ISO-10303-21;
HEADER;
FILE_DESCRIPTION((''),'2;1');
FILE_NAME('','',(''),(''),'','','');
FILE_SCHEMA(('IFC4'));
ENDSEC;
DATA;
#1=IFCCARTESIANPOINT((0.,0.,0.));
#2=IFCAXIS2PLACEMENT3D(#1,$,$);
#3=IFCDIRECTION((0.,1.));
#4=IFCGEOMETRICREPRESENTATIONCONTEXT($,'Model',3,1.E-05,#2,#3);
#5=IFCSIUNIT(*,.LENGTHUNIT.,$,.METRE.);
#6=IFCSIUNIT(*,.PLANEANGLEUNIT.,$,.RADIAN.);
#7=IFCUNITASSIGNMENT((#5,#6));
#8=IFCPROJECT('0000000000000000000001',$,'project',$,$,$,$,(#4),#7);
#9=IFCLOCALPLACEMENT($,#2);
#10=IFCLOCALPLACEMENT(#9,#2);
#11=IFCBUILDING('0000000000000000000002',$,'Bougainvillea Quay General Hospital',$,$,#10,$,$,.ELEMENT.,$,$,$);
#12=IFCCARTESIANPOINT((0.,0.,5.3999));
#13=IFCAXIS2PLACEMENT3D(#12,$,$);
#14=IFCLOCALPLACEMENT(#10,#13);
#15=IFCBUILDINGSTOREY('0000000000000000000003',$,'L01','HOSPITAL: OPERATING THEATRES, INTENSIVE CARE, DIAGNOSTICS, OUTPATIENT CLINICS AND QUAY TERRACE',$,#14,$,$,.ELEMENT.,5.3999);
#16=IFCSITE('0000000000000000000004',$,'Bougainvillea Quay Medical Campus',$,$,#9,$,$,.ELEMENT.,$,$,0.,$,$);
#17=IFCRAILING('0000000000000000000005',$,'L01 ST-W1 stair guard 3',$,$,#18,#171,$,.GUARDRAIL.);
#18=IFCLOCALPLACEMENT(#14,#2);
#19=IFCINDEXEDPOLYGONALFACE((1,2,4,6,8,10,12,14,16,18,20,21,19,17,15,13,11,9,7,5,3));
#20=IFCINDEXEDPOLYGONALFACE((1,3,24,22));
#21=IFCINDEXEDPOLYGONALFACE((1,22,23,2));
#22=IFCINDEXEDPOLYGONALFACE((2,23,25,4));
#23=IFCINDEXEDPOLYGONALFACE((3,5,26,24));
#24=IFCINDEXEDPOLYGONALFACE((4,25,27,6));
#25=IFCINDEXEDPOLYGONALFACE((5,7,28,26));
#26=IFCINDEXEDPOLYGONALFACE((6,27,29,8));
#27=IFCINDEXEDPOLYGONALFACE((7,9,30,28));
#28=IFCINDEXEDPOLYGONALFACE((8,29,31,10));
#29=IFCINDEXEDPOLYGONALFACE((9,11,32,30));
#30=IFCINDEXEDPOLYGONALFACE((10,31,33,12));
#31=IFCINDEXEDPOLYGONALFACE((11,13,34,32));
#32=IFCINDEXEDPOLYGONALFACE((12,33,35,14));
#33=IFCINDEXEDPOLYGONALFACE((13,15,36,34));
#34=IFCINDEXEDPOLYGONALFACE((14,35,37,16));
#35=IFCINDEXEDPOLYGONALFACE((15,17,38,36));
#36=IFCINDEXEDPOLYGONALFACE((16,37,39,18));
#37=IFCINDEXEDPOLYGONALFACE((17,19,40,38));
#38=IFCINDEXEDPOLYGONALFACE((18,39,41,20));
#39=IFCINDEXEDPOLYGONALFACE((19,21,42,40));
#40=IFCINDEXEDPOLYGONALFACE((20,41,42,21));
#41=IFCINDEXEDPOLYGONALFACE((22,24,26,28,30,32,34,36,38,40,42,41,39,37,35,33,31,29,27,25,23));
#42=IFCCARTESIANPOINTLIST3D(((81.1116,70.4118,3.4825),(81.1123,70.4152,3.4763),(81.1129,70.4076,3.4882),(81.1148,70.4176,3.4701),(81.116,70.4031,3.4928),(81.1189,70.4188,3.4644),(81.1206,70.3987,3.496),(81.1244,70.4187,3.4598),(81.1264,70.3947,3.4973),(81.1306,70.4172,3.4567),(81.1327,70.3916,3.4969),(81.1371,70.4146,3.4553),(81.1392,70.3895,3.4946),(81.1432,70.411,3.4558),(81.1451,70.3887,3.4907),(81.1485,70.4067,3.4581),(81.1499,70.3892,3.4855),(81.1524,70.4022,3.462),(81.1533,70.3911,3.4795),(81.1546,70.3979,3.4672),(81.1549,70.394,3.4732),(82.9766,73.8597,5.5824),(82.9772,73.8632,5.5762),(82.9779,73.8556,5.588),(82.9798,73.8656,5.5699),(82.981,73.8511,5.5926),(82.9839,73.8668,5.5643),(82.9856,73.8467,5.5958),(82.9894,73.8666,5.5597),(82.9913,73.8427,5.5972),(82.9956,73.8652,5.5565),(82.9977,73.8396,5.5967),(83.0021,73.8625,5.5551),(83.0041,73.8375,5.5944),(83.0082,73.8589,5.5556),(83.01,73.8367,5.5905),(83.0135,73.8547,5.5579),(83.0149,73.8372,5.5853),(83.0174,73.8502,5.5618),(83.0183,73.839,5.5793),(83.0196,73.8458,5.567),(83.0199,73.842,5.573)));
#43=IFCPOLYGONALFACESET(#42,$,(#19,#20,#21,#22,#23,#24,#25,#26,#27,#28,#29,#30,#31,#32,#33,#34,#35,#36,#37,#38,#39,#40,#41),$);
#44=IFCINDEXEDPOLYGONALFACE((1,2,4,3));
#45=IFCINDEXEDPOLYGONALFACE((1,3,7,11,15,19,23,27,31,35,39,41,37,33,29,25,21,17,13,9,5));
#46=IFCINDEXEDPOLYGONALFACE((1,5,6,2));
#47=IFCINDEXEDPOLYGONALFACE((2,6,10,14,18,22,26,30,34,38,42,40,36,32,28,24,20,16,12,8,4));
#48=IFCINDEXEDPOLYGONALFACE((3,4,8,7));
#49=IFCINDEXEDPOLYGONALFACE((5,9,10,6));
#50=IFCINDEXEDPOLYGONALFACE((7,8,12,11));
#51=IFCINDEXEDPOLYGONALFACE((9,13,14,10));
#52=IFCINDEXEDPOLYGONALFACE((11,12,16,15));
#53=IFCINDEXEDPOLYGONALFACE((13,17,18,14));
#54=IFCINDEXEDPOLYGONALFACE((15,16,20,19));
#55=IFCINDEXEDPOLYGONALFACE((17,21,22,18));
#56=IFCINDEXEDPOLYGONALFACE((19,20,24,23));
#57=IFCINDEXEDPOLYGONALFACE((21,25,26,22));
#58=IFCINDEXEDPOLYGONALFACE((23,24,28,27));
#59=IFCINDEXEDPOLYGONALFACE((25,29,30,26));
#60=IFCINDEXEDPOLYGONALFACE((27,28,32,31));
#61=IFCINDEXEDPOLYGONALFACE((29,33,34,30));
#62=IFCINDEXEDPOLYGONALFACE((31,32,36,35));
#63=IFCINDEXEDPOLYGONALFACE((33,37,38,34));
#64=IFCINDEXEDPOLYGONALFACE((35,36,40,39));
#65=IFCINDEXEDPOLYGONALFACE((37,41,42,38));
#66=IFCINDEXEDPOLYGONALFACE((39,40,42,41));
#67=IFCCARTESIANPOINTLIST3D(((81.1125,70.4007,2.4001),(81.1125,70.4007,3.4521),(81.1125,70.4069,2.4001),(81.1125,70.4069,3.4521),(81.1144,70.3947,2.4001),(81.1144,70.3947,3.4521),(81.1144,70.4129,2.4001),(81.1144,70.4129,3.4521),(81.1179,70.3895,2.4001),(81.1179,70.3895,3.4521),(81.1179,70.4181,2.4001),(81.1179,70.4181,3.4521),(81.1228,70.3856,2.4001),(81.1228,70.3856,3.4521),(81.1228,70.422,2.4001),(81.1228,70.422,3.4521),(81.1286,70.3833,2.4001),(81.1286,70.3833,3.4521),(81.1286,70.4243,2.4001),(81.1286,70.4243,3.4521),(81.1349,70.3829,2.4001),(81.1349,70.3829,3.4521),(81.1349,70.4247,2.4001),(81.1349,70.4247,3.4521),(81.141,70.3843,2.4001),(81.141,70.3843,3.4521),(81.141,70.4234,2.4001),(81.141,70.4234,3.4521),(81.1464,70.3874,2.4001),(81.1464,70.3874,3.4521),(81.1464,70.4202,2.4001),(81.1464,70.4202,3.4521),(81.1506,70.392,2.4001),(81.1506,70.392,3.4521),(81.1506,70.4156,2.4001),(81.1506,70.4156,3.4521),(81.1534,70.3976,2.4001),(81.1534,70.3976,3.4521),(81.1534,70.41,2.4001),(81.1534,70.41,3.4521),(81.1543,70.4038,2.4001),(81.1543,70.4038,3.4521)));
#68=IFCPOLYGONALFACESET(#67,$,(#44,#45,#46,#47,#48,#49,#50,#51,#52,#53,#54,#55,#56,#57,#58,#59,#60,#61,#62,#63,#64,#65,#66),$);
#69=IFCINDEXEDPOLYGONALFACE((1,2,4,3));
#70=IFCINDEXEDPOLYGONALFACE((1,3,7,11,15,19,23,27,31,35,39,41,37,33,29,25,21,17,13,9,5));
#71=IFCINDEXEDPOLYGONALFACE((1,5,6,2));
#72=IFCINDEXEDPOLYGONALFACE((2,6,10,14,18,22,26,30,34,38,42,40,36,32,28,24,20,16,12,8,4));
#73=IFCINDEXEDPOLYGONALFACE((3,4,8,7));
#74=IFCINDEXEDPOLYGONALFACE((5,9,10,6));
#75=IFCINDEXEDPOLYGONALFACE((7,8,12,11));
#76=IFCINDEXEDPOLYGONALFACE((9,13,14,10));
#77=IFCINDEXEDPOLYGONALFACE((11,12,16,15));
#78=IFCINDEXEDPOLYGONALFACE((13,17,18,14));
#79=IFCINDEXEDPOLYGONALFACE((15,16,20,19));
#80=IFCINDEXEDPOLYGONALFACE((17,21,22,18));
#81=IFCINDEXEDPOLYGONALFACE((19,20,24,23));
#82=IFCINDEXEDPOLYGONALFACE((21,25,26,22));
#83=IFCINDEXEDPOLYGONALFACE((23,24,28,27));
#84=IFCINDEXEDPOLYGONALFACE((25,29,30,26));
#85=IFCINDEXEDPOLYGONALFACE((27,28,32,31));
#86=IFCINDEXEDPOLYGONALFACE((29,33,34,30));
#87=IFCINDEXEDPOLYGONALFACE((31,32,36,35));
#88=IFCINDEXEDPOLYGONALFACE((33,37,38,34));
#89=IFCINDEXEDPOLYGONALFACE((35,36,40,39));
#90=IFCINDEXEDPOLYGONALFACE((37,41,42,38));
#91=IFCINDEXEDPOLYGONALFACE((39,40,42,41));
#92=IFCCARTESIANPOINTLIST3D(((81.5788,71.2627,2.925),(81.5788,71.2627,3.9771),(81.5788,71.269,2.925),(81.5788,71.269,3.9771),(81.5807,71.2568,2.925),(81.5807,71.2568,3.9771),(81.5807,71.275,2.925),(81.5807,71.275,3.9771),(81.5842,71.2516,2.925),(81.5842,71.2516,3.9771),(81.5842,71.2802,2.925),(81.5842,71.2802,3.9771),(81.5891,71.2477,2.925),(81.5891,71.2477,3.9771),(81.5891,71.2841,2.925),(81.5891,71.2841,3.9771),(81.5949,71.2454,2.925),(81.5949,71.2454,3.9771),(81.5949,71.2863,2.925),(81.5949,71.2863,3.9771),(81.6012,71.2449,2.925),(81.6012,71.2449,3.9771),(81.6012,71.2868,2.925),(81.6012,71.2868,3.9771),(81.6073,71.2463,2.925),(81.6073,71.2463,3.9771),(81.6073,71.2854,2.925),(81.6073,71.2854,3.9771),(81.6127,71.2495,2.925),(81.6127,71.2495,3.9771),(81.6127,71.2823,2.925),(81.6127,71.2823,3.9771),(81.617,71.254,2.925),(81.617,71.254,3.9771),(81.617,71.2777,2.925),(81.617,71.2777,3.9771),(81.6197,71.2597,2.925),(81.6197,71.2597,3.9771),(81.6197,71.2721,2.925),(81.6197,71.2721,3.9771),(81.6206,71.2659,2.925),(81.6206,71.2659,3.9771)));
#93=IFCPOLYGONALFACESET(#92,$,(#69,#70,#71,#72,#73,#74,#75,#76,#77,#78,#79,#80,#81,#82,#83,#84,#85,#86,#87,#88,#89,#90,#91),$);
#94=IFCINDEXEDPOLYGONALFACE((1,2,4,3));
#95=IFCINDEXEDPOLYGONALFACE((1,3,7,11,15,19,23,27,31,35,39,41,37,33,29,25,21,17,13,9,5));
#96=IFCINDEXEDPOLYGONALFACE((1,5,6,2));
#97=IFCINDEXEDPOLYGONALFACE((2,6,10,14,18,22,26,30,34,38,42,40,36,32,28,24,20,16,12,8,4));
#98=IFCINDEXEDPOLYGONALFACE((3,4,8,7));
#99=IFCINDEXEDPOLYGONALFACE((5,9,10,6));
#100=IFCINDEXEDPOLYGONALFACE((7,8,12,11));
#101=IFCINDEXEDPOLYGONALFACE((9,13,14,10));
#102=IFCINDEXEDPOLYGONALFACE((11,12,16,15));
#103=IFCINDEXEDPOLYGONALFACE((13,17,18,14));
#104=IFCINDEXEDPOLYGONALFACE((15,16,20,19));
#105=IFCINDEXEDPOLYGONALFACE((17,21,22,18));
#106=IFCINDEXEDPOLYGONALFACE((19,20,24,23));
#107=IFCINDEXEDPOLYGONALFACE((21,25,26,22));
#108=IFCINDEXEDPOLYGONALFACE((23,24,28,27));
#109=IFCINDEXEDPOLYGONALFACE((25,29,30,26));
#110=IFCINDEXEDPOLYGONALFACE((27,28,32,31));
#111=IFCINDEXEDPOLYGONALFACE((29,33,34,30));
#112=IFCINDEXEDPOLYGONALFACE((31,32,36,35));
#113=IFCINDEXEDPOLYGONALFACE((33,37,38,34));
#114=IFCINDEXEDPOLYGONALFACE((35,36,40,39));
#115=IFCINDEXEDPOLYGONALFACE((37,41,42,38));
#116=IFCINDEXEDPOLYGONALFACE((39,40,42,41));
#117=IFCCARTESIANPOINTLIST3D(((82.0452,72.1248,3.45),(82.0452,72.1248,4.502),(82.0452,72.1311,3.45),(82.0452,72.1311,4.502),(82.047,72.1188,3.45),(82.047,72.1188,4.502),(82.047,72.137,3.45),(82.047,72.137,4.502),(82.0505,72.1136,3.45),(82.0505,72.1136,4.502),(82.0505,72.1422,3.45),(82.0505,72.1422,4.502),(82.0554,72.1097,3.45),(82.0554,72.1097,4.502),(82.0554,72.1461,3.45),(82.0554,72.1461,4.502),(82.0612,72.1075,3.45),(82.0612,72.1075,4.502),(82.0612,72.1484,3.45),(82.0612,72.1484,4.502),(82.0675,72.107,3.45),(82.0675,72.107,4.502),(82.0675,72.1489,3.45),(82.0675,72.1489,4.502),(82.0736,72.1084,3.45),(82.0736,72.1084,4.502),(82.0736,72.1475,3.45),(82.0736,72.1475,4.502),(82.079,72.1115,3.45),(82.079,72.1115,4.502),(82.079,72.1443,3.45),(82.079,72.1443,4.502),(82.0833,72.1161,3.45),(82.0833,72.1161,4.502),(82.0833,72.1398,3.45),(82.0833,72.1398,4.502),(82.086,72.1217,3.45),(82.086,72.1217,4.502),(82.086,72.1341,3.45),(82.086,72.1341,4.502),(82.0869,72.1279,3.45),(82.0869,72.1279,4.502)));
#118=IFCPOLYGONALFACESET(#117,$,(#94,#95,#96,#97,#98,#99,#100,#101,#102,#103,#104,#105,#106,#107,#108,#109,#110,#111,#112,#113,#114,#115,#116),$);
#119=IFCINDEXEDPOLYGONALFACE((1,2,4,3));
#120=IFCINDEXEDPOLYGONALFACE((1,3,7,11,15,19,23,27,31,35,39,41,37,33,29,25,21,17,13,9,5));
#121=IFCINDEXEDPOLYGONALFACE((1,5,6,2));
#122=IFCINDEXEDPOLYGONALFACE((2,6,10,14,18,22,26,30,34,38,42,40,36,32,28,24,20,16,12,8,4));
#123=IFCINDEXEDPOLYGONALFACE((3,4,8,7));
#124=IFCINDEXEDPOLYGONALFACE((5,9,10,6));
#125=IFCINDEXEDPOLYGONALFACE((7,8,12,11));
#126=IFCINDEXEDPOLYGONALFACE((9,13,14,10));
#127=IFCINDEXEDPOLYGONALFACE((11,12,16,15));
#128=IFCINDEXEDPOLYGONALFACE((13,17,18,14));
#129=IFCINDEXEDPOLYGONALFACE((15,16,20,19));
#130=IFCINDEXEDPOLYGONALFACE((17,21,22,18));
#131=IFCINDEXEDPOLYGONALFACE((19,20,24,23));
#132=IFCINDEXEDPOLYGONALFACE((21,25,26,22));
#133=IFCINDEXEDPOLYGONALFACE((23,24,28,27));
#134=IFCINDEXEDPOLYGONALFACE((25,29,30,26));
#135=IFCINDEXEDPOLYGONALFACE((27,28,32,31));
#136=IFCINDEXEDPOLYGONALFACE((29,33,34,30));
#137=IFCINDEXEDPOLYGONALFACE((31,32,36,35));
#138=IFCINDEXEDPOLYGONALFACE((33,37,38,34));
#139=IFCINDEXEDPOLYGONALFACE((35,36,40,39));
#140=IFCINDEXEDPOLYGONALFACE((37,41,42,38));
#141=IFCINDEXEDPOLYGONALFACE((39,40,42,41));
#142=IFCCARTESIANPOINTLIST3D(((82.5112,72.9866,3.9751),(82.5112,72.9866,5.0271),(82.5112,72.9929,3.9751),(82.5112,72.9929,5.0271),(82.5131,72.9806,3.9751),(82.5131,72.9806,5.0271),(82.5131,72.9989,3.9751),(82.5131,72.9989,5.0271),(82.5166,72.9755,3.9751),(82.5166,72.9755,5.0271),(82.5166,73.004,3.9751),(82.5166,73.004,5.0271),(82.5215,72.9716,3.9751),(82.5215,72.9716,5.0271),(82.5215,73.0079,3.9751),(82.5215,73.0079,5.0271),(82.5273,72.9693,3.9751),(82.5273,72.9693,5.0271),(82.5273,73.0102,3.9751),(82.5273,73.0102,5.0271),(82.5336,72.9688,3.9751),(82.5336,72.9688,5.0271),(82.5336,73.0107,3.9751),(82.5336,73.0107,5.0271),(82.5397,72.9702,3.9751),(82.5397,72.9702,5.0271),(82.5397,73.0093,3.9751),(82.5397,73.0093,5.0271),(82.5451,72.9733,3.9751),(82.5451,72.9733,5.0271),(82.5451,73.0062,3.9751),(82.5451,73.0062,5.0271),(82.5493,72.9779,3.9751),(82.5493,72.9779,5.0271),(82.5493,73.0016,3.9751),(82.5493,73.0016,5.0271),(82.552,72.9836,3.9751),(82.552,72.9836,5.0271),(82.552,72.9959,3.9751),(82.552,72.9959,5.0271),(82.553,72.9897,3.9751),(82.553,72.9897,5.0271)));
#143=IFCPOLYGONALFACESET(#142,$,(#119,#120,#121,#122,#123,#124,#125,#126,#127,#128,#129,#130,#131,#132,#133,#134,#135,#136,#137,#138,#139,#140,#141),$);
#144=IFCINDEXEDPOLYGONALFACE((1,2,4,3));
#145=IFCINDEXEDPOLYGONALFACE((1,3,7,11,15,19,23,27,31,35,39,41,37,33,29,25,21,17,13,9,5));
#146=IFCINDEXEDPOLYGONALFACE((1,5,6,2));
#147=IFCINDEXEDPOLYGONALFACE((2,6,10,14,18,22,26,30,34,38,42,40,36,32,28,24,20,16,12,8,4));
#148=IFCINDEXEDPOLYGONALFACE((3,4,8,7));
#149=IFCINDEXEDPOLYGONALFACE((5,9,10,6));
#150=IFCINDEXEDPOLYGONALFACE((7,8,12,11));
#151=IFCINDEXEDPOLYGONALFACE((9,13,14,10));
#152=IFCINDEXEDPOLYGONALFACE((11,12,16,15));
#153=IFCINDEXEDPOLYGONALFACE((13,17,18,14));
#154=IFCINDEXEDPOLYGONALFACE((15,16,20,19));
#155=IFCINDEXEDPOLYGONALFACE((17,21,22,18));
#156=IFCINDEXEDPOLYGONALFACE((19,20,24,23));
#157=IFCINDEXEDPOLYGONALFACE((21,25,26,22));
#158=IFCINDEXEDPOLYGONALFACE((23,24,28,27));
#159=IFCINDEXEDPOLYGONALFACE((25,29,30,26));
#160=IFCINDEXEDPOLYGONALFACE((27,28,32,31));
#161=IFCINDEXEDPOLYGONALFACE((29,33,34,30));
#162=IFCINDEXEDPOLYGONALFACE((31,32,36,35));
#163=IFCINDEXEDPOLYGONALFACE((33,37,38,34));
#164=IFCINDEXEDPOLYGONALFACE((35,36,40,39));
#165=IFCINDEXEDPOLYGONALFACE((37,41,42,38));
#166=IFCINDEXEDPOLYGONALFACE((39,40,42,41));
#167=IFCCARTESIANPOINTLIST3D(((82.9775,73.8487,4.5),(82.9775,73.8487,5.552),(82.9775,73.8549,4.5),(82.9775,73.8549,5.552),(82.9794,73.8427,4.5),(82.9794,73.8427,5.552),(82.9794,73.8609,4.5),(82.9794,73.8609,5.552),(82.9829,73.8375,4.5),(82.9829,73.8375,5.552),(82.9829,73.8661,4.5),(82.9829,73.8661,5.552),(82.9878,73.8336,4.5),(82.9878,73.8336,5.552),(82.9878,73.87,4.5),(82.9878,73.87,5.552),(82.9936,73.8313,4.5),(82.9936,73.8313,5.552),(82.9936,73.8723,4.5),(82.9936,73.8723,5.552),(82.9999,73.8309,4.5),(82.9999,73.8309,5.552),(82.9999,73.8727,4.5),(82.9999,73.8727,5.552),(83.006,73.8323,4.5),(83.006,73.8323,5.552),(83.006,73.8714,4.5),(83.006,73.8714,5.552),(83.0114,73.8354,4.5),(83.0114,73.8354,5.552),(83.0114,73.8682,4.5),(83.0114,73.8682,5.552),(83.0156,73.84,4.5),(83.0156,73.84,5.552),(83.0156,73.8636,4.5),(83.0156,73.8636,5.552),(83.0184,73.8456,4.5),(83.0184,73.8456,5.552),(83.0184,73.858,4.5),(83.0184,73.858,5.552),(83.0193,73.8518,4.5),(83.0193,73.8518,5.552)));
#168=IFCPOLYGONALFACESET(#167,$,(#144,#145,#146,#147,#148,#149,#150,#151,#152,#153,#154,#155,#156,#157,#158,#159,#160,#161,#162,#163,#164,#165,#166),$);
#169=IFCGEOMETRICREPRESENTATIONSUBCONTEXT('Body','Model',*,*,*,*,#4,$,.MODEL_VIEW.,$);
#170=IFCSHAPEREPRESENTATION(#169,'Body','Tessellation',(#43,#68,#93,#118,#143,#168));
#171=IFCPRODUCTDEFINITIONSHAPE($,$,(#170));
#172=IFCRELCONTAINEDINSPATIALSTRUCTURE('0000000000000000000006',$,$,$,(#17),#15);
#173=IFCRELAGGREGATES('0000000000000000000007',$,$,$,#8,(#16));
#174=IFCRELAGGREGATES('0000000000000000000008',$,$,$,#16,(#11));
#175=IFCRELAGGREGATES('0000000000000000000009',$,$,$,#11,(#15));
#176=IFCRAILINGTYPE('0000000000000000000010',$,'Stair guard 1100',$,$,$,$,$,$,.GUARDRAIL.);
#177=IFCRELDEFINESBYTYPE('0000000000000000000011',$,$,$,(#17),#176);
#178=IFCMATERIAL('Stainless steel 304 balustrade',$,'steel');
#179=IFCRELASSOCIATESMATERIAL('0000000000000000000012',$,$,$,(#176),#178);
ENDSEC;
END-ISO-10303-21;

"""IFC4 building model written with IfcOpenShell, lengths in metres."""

from ifc_helpers import new_model, si_unit, direction, frame, origin, origin_2d, place, context, subcontext, project, spatial, circle, extrude, material, type_object, element, save


model = new_model("IFC4")

# Units and contexts
model_context = context("Model", 3, precision=1e-05, world=origin(), true_north=direction((0.0, 1.0)))
body_context = subcontext(model_context, "Body", "Model", "MODEL_VIEW")
ifc_project = project(units=[si_unit("LENGTHUNIT", "METRE"), si_unit("PLANEANGLEUNIT", "RADIAN")], contexts=[model_context])

# Site, building, storey
site_placement = place(None, origin())
site = spatial("IfcSite", under=ifc_project, at=site_placement, Name="Bougainvillea Quay Medical Campus", CompositionType="ELEMENT", RefElevation=0.0)
building_placement = place(site_placement, origin())
building = spatial("IfcBuilding", under=site, at=building_placement, Name="Bougainvillea Quay General Hospital", CompositionType="ELEMENT")
storey_placement = place(building_placement, frame((0.0, 0.0, 5.3999)))
storey = spatial("IfcBuildingStorey", under=building, at=storey_placement, Name="L01", Description="HOSPITAL: OPERATING THEATRES, INTENSIVE CARE, DIAGNOSTICS, OUTPATIENT CLINICS AND QUAY TERRACE", CompositionType="ELEMENT", Elevation=5.3999)

# Railing
ifc_material_1 = material(Name="Stainless steel 304 balustrade", Category="steel")
railing_type_1 = type_object("IfcRailingType", Name="Stair guard 1100", PredefinedType="GUARDRAIL", material=ifc_material_1)
railing_1_placement = place(storey_placement, frame((81.1333, 70.4038, 2.4001)))
element("IfcRailing", 1, at=railing_1_placement, inside=storey, type_object=railing_type_1, Name="L01 ST-W1 stair guard 3", PredefinedType="GUARDRAIL", context=body_context, shape_type="SweptSolid", body=[
    extrude(circle(Radius=0.0239, at=origin_2d()), frame((0.0, 0.0, 1.0762), z_axis=(0.419377, 0.775345, 0.47219), x_axis=(-0.879578, 0.475755, 0.0)), (0.0, 0.0, 1.0), 4.447),
    extrude(circle(Radius=0.021, at=origin_2d()), origin(), (0.0, 0.0, 1.0), 1.052),
    extrude(circle(Radius=0.021, at=origin_2d()), frame((0.4663, 0.8621, 0.5249)), (0.0, 0.0, 1.0), 1.052),
    extrude(circle(Radius=0.021, at=origin_2d()), frame((0.9326, 1.7241, 1.0498)), (0.0, 0.0, 1.0), 1.052),
    extrude(circle(Radius=0.021, at=origin_2d()), frame((1.3987, 2.5859, 1.575)), (0.0, 0.0, 1.0), 1.052),
    extrude(circle(Radius=0.021, at=origin_2d()), frame((1.865, 3.448, 2.0999)), (0.0, 0.0, 1.0), 1.052),
])

save(model, "model.ifc")
